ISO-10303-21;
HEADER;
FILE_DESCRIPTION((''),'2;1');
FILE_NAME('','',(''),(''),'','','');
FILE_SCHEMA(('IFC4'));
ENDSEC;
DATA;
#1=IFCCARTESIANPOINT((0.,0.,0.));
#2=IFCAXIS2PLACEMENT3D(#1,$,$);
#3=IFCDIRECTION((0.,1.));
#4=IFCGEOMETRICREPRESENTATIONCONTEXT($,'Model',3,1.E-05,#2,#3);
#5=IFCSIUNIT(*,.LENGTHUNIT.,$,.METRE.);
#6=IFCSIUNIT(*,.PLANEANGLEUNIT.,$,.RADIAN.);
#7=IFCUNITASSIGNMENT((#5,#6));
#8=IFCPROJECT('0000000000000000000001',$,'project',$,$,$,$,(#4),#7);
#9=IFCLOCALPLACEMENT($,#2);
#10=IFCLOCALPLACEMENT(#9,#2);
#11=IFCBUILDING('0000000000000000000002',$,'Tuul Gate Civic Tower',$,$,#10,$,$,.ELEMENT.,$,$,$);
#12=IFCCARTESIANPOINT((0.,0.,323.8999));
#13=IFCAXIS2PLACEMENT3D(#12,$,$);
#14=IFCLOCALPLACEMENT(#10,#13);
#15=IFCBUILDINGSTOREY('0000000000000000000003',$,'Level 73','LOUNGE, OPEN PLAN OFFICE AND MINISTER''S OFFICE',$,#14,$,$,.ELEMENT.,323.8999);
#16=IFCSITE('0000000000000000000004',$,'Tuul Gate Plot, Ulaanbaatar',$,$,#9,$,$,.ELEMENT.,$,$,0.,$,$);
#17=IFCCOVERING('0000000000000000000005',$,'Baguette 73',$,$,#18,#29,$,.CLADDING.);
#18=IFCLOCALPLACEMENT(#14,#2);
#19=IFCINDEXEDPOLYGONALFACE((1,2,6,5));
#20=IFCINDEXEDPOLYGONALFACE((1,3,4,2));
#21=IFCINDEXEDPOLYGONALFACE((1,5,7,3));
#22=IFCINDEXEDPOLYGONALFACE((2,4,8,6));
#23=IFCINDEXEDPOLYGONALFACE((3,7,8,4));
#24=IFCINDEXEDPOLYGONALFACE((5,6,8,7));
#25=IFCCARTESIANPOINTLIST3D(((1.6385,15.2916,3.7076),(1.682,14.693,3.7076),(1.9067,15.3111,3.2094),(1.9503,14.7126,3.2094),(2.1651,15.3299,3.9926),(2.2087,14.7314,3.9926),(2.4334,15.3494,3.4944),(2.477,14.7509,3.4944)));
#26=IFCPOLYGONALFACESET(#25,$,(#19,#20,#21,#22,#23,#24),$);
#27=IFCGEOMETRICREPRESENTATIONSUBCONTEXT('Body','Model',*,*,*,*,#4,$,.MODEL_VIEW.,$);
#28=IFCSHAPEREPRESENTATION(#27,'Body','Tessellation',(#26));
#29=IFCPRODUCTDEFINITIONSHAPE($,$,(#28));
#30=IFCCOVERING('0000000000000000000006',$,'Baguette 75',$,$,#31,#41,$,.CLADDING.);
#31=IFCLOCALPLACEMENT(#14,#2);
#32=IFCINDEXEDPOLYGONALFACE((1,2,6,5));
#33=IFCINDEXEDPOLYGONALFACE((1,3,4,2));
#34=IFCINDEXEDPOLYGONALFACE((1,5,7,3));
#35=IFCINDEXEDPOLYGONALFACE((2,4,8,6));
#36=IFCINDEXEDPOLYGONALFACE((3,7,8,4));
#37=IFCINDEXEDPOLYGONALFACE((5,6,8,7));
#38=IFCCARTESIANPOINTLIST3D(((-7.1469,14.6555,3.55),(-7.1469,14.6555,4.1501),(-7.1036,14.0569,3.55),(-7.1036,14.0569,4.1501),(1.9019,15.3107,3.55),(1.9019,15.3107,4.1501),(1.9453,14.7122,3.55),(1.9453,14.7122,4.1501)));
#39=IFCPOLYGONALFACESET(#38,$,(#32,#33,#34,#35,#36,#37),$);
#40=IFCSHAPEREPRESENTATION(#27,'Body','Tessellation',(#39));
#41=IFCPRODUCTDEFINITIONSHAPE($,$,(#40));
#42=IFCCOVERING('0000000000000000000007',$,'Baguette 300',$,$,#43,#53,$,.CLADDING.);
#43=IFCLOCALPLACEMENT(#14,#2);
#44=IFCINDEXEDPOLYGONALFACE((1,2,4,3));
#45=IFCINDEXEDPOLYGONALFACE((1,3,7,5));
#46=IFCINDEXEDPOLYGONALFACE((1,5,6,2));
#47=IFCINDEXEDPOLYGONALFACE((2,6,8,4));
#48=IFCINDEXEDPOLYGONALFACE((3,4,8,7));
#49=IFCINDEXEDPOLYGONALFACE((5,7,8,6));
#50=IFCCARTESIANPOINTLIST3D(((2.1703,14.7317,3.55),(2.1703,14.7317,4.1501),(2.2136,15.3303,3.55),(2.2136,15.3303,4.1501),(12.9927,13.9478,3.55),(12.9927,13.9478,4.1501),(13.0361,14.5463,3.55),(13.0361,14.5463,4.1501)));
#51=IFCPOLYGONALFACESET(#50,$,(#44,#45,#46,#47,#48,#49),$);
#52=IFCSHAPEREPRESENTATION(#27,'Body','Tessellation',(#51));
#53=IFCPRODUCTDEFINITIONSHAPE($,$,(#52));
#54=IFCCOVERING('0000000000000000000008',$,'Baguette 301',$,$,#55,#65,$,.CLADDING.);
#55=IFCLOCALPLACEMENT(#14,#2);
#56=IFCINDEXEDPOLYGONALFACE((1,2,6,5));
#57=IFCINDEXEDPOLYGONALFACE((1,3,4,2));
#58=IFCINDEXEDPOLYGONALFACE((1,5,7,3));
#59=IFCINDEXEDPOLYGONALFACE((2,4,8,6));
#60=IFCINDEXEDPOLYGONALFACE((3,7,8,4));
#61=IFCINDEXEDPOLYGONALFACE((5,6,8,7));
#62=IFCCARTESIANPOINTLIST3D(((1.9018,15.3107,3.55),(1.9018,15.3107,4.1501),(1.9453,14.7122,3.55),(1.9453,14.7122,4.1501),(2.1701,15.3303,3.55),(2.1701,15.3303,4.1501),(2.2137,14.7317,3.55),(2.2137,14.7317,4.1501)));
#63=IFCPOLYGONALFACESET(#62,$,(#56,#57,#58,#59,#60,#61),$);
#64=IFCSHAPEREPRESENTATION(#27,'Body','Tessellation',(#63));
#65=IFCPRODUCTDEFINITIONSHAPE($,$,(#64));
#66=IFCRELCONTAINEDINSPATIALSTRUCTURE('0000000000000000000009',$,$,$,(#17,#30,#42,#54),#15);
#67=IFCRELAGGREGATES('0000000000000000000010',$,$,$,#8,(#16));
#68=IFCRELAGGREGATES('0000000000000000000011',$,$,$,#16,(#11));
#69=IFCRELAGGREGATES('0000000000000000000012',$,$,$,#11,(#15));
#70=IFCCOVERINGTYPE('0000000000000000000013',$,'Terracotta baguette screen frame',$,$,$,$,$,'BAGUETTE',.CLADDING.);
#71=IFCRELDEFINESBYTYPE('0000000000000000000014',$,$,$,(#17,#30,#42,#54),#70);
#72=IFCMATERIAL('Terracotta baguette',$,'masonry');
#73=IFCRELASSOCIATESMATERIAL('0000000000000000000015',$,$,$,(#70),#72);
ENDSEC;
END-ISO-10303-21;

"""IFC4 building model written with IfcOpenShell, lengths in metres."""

from ifc_helpers import new_model, si_unit, direction, frame, origin, origin_2d, place, context, subcontext, project, spatial, rectangle, extrude, material, material_profile, profile_set, type_object, element, save


model = new_model("IFC4")

# Units and contexts
model_context = context("Model", 3, precision=1e-05, world=origin(), true_north=direction((0.0, 1.0)))
body_context = subcontext(model_context, "Body", "Model", "MODEL_VIEW")
ifc_project = project(units=[si_unit("LENGTHUNIT", "METRE"), si_unit("PLANEANGLEUNIT", "RADIAN")], contexts=[model_context])

# Site, building, storey
site_placement = place(None, origin())
site = spatial("IfcSite", under=ifc_project, at=site_placement, Name="Tuul Gate Plot, Ulaanbaatar", CompositionType="ELEMENT", RefElevation=0.0)
building_placement = place(site_placement, origin())
building = spatial("IfcBuilding", under=site, at=building_placement, Name="Tuul Gate Civic Tower", CompositionType="ELEMENT")
storey_placement = place(building_placement, frame((0.0, 0.0, 323.8999)))
storey = spatial("IfcBuildingStorey", under=building, at=storey_placement, Name="Level 73", Description="LOUNGE, OPEN PLAN OFFICE AND MINISTER'S OFFICE", CompositionType="ELEMENT", Elevation=323.8999)

# Coverings
ifc_material_1 = material(Name="Terracotta baguette", Category="masonry")
ifc_material_profile_1 = material_profile(ifc_material_1, rectangle(XDim=0.6001, YDim=0.6001, at=origin_2d()), Name="Terracotta baguette screen frame")
ifc_profile_set_1 = profile_set([ifc_material_profile_1], Name="Terracotta baguette")
covering_type = type_object("IfcCoveringType", Name="Terracotta baguette screen frame", ElementType="BAGUETTE", PredefinedType="CLADDING", material=ifc_profile_set_1)
for number, where, z_axis, x_axis, name in (
    (1, (1.9236, 15.0115, 3.8501), (0.473818, 0.034491, -0.879947), (-0.072601, 0.997361, 0.0), "Baguette 73"),
):
    element("IfcCovering", number, at=place(storey_placement, frame(where, z_axis=z_axis, x_axis=x_axis)), inside=storey, type_object=covering_type, Name=name, PredefinedType="CLADDING", context=body_context, shape_type="SweptSolid", body=[
        extrude(rectangle(XDim=0.6001, YDim=0.6001, at=origin_2d()), origin(), (0.0, 0.0, 1.0), 0.5662),
    ])
covering_1_placement = place(storey_placement, frame((1.9236, 15.0115, 3.8501), z_axis=(-0.997388, -0.072226, 0.0), x_axis=(0.072226, -0.997388, 0.0)))
element("IfcCovering", 2, at=covering_1_placement, inside=storey, type_object=covering_type, Name="Baguette 75", PredefinedType="CLADDING", context=body_context, shape_type="SweptSolid", body=[
    extrude(rectangle(XDim=0.6001, YDim=0.6001, at=origin_2d()), origin(), (0.0, 0.0, 1.0), 9.0725),
])
covering_2_placement = place(storey_placement, frame((13.0144, 14.2471, 3.8501), z_axis=(-0.997387, 0.072246, 0.0), x_axis=(-0.072246, -0.997387, 0.0)))
element("IfcCovering", 3, at=covering_2_placement, inside=storey, type_object=covering_type, Name="Baguette 300", PredefinedType="CLADDING", context=body_context, shape_type="SweptSolid", body=[
    extrude(rectangle(XDim=0.6001, YDim=0.6001, at=origin_2d()), origin(), (0.0, 0.0, 1.0), 10.8508),
])
covering_3_placement = place(storey_placement, frame((2.1919, 15.031, 3.8501), z_axis=(-0.997361, -0.072601, 0.0), x_axis=(0.072601, -0.997361, 0.0)))
element("IfcCovering", 4, at=covering_3_placement, inside=storey, type_object=covering_type, Name="Baguette 301", PredefinedType="CLADDING", context=body_context, shape_type="SweptSolid", body=[
    extrude(rectangle(XDim=0.6001, YDim=0.6001, at=origin_2d()), origin(), (0.0, 0.0, 1.0), 0.269),
])

save(model, "model.ifc")
